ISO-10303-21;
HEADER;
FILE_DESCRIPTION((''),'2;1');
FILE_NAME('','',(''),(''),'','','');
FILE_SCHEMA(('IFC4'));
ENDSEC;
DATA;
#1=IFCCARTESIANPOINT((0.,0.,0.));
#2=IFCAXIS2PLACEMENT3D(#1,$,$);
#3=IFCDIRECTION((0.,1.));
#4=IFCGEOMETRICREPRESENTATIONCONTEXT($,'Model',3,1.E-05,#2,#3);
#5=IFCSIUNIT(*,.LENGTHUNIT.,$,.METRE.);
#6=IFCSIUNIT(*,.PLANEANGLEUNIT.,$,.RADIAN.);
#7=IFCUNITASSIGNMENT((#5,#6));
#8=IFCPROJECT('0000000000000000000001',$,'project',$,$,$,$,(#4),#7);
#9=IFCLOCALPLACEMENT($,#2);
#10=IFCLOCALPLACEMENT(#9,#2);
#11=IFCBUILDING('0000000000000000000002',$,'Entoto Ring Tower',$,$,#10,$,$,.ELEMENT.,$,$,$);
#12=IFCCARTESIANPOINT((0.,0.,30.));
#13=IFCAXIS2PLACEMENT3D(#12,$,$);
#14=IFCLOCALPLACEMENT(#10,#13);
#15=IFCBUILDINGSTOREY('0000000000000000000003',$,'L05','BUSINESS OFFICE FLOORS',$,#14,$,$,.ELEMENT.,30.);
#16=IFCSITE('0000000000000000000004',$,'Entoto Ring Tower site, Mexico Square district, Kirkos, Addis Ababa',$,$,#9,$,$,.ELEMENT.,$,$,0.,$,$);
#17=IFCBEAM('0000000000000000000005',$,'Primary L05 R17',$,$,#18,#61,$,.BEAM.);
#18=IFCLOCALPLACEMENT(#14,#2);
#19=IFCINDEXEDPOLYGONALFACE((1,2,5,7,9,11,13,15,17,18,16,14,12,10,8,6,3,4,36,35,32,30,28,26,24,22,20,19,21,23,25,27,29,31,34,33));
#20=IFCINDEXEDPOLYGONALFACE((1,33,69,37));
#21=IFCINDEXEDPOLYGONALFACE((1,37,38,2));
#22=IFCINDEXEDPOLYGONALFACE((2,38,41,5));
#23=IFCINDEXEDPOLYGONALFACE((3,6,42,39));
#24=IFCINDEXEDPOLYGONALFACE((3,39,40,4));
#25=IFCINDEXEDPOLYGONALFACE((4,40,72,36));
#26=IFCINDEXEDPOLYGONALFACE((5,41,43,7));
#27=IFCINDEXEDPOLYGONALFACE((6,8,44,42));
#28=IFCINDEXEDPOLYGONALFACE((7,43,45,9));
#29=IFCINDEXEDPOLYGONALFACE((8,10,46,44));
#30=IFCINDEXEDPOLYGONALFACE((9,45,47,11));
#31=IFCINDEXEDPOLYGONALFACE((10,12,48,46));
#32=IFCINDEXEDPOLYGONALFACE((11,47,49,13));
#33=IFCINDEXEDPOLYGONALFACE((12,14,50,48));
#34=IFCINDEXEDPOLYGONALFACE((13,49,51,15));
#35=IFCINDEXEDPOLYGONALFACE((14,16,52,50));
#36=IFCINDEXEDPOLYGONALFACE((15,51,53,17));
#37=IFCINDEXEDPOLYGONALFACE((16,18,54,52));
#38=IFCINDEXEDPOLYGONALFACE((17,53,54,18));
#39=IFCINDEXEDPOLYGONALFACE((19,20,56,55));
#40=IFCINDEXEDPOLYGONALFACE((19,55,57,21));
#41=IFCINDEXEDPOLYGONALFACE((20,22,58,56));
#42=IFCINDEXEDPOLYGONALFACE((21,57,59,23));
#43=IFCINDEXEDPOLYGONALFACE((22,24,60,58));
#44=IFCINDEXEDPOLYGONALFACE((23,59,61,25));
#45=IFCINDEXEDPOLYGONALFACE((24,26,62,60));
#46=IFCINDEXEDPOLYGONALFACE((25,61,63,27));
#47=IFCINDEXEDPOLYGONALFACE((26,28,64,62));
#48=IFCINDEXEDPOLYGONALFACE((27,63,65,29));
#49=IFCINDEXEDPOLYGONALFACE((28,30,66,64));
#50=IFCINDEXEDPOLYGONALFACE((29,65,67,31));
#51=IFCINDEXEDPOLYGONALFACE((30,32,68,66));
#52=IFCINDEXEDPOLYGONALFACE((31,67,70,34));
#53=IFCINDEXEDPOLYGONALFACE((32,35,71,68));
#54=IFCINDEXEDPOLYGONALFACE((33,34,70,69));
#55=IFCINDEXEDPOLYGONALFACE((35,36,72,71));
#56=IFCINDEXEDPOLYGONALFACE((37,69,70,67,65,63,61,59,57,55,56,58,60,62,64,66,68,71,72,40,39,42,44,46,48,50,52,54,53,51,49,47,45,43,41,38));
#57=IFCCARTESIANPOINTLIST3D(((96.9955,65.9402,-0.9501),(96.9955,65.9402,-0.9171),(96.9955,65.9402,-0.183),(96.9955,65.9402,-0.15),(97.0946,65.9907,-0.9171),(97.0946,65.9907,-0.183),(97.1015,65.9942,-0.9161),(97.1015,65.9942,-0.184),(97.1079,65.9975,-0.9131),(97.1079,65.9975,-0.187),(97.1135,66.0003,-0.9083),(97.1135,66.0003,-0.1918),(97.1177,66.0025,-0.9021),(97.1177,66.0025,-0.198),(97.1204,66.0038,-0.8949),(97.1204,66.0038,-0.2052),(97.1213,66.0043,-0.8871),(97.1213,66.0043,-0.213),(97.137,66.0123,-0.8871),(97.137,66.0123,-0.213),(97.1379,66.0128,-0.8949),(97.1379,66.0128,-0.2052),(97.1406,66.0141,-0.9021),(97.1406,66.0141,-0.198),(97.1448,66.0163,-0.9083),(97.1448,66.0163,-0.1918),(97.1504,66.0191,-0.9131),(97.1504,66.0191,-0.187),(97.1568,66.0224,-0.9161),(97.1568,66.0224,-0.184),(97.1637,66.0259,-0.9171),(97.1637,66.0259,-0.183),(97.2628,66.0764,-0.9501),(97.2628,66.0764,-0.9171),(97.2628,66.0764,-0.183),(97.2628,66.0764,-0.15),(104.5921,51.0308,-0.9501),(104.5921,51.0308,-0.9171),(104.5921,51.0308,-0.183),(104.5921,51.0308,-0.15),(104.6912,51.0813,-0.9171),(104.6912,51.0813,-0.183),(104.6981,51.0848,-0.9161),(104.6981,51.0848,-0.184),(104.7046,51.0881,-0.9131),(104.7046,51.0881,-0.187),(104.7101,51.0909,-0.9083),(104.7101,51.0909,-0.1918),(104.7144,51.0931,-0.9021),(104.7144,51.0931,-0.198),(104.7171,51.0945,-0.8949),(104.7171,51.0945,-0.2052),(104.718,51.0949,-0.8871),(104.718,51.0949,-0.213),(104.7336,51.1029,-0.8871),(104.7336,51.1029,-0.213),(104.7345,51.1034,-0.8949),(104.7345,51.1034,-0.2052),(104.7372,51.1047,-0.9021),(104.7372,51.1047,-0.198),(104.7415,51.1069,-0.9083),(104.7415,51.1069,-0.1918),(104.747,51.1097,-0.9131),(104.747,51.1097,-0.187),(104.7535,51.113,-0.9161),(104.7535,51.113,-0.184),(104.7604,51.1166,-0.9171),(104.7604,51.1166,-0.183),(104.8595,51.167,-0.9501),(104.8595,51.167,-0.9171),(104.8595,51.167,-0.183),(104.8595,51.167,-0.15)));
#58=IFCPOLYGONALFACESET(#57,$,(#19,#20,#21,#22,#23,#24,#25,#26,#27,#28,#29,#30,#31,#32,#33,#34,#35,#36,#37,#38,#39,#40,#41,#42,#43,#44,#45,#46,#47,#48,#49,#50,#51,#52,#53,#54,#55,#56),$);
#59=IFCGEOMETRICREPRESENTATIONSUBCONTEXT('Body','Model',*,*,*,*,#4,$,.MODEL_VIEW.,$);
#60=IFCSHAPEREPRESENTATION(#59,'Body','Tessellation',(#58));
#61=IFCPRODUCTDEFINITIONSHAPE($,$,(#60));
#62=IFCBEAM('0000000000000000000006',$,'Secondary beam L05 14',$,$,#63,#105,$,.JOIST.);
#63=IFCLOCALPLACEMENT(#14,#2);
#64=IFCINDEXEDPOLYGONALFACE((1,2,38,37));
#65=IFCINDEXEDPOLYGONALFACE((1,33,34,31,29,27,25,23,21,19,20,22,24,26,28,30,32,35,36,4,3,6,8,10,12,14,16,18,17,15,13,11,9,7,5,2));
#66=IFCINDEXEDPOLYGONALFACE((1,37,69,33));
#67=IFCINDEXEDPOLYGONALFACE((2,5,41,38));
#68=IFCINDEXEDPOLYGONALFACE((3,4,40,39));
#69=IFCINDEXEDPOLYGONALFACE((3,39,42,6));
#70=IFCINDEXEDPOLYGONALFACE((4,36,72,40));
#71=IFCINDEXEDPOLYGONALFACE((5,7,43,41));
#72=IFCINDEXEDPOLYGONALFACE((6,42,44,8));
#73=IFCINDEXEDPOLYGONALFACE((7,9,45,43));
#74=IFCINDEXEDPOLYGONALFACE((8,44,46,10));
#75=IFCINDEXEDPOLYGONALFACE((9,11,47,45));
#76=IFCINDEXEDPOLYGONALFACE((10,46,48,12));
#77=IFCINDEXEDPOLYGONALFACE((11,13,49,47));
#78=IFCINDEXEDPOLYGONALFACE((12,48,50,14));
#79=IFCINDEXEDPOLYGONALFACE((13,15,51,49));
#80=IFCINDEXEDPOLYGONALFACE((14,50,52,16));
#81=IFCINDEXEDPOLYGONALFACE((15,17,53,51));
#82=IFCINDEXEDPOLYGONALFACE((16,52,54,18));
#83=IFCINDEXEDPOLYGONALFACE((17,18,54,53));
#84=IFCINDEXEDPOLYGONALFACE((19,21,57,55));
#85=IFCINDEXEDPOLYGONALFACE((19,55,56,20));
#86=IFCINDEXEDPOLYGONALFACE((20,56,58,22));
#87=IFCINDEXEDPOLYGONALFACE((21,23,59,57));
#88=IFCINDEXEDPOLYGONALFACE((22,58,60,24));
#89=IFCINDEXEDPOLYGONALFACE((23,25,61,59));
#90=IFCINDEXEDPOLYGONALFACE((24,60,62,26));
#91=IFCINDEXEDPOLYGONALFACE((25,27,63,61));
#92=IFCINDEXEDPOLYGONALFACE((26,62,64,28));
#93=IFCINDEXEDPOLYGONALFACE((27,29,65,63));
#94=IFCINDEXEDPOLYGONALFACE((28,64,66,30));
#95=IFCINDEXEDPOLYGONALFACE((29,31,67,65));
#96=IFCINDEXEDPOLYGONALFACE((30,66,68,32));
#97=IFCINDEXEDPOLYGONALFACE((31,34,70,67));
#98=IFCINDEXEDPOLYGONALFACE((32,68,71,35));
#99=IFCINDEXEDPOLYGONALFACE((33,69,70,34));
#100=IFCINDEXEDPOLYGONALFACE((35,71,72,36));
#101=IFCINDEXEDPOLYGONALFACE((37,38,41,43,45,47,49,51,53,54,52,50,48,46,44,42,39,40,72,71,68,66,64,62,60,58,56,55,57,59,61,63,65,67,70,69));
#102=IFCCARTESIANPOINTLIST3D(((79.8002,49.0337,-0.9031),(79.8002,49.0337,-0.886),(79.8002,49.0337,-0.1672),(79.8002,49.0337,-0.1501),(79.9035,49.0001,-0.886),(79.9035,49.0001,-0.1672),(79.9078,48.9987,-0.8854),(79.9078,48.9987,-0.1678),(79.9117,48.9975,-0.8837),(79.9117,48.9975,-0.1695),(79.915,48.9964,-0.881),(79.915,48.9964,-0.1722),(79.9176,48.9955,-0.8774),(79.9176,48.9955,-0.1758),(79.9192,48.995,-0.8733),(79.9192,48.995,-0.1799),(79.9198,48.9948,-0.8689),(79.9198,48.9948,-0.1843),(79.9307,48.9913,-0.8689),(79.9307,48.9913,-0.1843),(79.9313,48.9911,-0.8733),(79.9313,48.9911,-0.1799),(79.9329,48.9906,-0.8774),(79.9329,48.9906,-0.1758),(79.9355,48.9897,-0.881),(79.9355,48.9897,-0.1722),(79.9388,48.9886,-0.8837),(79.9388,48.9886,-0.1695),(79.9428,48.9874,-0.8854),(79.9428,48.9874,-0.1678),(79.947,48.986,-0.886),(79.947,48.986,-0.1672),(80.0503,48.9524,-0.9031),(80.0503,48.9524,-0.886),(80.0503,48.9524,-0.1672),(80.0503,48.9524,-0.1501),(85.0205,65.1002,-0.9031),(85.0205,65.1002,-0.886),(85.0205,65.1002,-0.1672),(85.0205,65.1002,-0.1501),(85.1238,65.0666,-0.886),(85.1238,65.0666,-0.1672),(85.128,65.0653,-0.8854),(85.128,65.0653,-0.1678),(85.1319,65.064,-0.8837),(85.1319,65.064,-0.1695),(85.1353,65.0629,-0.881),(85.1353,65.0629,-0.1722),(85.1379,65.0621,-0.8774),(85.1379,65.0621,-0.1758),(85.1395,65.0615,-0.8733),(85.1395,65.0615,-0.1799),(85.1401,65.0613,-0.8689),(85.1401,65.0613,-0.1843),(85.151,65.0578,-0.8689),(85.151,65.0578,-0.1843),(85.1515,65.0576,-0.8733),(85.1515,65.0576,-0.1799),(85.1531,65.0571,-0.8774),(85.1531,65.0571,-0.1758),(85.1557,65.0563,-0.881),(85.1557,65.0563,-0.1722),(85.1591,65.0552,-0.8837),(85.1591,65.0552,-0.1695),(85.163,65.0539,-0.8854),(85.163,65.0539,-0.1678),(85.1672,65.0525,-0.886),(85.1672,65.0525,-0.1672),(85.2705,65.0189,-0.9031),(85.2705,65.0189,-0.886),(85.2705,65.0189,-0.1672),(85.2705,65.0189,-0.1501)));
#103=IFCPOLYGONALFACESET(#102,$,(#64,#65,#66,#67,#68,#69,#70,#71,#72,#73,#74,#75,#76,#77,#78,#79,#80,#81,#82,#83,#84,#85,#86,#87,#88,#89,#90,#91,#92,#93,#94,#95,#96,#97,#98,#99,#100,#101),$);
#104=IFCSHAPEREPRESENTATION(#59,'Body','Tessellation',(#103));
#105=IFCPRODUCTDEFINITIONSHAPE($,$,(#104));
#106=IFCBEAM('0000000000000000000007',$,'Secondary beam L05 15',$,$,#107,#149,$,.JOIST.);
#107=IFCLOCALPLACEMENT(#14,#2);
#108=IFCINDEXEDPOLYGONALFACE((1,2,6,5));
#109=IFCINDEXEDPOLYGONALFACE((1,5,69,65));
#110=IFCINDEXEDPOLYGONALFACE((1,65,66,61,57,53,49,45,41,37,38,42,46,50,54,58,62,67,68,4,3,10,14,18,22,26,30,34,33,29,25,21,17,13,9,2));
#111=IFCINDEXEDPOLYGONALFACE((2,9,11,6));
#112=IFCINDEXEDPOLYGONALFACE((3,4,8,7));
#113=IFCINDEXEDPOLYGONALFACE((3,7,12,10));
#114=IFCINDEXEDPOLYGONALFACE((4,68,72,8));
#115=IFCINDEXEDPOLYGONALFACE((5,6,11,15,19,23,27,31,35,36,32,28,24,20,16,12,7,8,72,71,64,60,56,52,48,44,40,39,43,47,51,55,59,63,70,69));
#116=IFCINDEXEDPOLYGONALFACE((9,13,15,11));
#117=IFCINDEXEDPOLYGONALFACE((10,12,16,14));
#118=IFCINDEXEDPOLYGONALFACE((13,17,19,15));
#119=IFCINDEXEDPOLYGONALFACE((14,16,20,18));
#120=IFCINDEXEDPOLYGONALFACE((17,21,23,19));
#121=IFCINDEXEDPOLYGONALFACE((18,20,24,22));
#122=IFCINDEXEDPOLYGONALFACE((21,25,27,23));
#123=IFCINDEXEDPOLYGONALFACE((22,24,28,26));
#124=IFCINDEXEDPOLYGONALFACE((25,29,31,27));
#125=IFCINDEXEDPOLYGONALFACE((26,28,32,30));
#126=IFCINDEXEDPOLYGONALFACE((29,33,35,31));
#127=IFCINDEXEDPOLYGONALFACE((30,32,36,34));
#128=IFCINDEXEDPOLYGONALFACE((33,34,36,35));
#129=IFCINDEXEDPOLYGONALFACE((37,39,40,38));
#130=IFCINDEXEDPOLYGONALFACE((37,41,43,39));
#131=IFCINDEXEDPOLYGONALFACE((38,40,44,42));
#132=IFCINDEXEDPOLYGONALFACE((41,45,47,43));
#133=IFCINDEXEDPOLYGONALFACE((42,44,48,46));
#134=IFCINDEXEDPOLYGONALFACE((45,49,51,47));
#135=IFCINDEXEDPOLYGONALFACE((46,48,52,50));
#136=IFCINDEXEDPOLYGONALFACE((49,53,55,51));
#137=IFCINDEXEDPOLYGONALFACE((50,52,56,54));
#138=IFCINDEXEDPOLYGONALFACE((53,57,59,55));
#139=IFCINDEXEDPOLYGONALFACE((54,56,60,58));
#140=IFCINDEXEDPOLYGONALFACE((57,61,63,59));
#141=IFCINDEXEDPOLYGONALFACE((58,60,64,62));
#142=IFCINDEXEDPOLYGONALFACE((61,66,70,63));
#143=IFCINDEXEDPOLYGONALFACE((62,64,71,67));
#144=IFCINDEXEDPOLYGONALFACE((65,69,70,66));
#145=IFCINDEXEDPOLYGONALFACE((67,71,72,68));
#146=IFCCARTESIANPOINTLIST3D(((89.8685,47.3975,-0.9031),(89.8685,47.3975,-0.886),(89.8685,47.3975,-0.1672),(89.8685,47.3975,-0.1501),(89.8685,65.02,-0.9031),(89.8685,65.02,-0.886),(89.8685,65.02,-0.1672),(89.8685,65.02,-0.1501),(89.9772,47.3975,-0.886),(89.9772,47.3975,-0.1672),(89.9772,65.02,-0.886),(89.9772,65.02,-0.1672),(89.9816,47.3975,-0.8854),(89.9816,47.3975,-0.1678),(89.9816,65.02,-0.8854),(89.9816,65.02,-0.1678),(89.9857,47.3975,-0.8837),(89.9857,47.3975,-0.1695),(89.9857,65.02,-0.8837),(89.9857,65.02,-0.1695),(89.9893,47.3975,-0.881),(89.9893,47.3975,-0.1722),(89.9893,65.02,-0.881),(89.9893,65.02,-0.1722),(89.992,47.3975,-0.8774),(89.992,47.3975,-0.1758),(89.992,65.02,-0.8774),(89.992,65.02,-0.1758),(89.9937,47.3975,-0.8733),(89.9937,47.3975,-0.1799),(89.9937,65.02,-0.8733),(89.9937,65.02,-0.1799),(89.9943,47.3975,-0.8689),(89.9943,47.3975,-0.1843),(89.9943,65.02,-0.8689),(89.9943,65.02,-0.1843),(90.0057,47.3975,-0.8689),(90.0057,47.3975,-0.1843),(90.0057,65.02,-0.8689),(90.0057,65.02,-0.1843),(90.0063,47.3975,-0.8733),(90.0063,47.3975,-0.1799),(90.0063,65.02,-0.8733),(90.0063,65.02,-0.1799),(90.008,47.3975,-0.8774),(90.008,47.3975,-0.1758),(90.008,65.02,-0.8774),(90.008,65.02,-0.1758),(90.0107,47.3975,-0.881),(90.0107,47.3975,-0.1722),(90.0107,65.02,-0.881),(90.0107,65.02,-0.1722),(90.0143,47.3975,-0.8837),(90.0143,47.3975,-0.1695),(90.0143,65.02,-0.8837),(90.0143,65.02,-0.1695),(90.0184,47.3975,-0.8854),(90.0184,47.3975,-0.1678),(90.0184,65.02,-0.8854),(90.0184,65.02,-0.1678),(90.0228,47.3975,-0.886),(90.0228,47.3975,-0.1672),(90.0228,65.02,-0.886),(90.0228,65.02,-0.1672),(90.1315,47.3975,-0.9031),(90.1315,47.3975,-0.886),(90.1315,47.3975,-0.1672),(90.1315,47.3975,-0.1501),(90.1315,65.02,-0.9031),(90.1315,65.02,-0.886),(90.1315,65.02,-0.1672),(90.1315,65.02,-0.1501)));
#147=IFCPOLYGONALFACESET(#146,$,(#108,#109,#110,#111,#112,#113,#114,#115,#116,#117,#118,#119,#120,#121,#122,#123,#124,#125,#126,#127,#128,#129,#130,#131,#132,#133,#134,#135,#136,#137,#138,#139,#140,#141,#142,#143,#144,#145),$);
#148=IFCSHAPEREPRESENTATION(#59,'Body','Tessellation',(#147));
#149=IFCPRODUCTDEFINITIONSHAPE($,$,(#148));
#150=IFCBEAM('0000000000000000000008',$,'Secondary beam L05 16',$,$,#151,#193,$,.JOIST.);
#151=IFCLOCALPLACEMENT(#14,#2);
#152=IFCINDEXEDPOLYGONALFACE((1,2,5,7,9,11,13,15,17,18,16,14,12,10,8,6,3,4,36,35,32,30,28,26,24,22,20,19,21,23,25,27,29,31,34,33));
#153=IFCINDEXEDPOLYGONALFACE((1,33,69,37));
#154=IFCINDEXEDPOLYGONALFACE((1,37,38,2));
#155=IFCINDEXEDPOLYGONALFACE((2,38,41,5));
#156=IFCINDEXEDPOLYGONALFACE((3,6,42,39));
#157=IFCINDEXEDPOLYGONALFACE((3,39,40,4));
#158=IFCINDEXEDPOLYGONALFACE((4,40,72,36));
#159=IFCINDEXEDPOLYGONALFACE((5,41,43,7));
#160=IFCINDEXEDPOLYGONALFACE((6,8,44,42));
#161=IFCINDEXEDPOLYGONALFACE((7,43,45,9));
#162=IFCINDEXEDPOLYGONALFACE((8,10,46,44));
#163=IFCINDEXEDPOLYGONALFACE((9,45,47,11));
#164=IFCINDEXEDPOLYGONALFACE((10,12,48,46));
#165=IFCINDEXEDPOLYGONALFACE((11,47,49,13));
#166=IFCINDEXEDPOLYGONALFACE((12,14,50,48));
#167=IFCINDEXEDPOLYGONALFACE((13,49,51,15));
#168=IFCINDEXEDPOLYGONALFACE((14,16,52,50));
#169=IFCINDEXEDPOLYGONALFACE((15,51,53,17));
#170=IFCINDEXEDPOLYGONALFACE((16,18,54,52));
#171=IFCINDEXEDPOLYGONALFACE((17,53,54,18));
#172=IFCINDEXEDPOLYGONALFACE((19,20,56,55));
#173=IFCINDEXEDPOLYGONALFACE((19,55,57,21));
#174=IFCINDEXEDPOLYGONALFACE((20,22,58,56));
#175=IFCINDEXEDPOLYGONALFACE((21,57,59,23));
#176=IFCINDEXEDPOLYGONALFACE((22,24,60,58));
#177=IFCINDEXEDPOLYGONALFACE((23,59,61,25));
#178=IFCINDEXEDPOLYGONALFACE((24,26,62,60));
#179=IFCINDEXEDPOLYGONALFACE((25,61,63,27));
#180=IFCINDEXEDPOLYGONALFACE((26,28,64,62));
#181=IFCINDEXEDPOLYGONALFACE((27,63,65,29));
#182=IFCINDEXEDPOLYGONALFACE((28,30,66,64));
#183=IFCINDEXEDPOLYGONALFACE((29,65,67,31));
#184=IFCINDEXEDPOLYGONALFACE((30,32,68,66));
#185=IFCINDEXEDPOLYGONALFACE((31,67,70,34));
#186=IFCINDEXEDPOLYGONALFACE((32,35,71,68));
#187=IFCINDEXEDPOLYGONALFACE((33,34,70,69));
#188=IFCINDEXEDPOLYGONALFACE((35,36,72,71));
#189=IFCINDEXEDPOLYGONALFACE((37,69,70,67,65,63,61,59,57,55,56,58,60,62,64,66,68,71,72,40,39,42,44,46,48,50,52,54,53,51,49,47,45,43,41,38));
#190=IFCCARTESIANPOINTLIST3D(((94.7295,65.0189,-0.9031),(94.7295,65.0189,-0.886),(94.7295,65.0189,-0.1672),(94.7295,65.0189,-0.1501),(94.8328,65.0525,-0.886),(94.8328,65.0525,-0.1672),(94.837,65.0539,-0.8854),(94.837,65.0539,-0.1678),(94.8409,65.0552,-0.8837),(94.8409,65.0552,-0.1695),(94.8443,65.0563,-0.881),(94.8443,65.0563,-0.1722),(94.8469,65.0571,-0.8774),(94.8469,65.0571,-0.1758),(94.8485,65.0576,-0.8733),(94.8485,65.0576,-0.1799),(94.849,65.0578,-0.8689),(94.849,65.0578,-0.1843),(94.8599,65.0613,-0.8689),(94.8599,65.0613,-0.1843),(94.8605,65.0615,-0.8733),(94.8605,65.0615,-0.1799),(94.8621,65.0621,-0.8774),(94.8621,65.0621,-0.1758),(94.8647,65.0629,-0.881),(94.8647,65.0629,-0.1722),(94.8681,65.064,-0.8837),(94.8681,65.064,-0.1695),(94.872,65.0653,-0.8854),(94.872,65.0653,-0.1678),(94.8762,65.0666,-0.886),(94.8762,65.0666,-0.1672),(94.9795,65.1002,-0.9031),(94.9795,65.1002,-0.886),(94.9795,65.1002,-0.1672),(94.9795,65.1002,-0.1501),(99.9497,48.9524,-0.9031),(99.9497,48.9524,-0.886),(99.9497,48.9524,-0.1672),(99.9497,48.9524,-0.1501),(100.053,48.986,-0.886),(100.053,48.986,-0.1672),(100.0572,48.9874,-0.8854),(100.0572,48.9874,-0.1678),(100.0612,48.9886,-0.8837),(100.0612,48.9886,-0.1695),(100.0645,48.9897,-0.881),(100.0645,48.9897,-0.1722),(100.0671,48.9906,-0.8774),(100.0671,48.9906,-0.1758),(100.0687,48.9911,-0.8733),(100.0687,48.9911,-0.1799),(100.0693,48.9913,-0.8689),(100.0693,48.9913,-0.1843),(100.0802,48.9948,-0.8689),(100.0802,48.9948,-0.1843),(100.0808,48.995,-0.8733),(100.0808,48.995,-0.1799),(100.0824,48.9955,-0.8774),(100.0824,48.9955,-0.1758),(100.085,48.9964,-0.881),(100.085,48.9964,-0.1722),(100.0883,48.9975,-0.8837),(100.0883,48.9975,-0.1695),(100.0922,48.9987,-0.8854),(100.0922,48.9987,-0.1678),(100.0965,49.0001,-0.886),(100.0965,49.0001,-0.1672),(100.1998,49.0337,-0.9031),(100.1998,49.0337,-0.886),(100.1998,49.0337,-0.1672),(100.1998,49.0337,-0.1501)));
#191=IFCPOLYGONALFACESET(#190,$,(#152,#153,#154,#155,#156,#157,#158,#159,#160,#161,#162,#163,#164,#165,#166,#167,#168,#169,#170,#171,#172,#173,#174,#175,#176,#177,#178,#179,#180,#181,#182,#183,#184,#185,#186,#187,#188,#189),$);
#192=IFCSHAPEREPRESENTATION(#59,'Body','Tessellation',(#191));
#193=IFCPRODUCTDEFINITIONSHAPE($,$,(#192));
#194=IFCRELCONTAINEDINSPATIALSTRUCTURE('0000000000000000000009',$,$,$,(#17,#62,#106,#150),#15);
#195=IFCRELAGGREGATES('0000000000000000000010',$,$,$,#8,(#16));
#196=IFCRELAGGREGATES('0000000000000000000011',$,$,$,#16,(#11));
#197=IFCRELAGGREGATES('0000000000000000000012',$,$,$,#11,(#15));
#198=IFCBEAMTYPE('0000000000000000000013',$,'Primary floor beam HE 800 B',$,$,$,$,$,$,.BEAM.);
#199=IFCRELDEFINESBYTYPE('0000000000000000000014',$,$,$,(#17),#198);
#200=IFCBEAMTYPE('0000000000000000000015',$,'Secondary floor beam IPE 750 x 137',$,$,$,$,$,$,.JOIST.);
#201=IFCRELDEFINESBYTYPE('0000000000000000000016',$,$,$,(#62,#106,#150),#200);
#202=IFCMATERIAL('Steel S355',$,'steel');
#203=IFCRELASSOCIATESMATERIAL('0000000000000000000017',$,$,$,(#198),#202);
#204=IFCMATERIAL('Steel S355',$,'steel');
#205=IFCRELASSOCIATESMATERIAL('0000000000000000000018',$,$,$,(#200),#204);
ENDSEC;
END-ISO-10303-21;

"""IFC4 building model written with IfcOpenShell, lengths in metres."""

from ifc_helpers import new_model, si_unit, direction, frame, origin, origin_2d, place, context, subcontext, project, spatial, i_section, extrude, material, material_profile, profile_set, type_object, element, save


model = new_model("IFC4")

# Units and contexts
model_context = context("Model", 3, precision=1e-05, world=origin(), true_north=direction((0.0, 1.0)))
body_context = subcontext(model_context, "Body", "Model", "MODEL_VIEW")
ifc_project = project(units=[si_unit("LENGTHUNIT", "METRE"), si_unit("PLANEANGLEUNIT", "RADIAN")], contexts=[model_context])

# Site, building, storey
site_placement = place(None, origin())
site = spatial("IfcSite", under=ifc_project, at=site_placement, Name="Entoto Ring Tower site, Mexico Square district, Kirkos, Addis Ababa", CompositionType="ELEMENT", RefElevation=0.0)
building_placement = place(site_placement, origin())
building = spatial("IfcBuilding", under=site, at=building_placement, Name="Entoto Ring Tower", CompositionType="ELEMENT")
storey_placement = place(building_placement, frame((0.0, 0.0, 30.0)))
storey = spatial("IfcBuildingStorey", under=building, at=storey_placement, Name="L05", Description="BUSINESS OFFICE FLOORS", CompositionType="ELEMENT", Elevation=30.0)

# Beams
ifc_material_1 = material(Name="Steel S355", Category="steel")
ifc_material_profile_1 = material_profile(ifc_material_1, i_section(OverallWidth=0.3, OverallDepth=0.8, WebThickness=0.0176, FlangeThickness=0.033, FilletRadius=0.03, at=origin_2d()), Name="HE 800 B")
ifc_profile_set_1 = profile_set([ifc_material_profile_1], Name="Steel S355")
beam_type_1 = type_object("IfcBeamType", Name="Primary floor beam HE 800 B", PredefinedType="BEAM", material=ifc_profile_set_1)
beam_1_placement = place(storey_placement, frame((97.1292, 66.0083, -0.55), z_axis=(0.453988, -0.891008, 0.0), x_axis=(0.891008, 0.453988, 0.0)))
element("IfcBeam", 1, at=beam_1_placement, inside=storey, type_object=beam_type_1, Name="Primary L05 R17", PredefinedType="BEAM", context=body_context, shape_type="SweptSolid", body=[
    extrude(i_section(OverallWidth=0.3, OverallDepth=0.8, WebThickness=0.0176, FlangeThickness=0.033, FilletRadius=0.03, at=origin_2d()), origin(), (0.0, 0.0, 1.0), 16.7332),
])
ifc_material_2 = material(Name="Steel S355", Category="steel")
ifc_material_profile_2 = material_profile(ifc_material_2, i_section(OverallWidth=0.2629, OverallDepth=0.7529, WebThickness=0.0115, FlangeThickness=0.0171, FilletRadius=0.0171, at=origin_2d()), Name="IPE 750 x 137")
ifc_profile_set_2 = profile_set([ifc_material_profile_2], Name="Steel S355")
beam_type_2 = type_object("IfcBeamType", Name="Secondary floor beam IPE 750 x 137", PredefinedType="JOIST", material=ifc_profile_set_2)
beam_2_placement = place(storey_placement, frame((85.1455, 65.0596, -0.5266), z_axis=(-0.309013, -0.951058, 0.0), x_axis=(0.951058, -0.309013, 0.0)))
element("IfcBeam", 2, at=beam_2_placement, inside=storey, type_object=beam_type_2, Name="Secondary beam L05 14", PredefinedType="JOIST", context=body_context, shape_type="SweptSolid", body=[
    extrude(i_section(OverallWidth=0.2629, OverallDepth=0.7529, WebThickness=0.0115, FlangeThickness=0.0171, FilletRadius=0.0171, at=origin_2d()), origin(), (0.0, 0.0, 1.0), 16.8933),
])
beam_3_placement = place(storey_placement, frame((90.0, 65.02, -0.5266), z_axis=(0.0, -1.0, 0.0), x_axis=(1.0, 0.0, 0.0)))
element("IfcBeam", 3, at=beam_3_placement, inside=storey, type_object=beam_type_2, Name="Secondary beam L05 15", PredefinedType="JOIST", context=body_context, shape_type="SweptSolid", body=[
    extrude(i_section(OverallWidth=0.2629, OverallDepth=0.7529, WebThickness=0.0115, FlangeThickness=0.0171, FilletRadius=0.0171, at=origin_2d()), origin(), (0.0, 0.0, 1.0), 17.6226),
])
beam_4_placement = place(storey_placement, frame((94.8545, 65.0596, -0.5266), z_axis=(0.309013, -0.951058, 0.0), x_axis=(0.951058, 0.309013, 0.0)))
element("IfcBeam", 4, at=beam_4_placement, inside=storey, type_object=beam_type_2, Name="Secondary beam L05 16", PredefinedType="JOIST", context=body_context, shape_type="SweptSolid", body=[
    extrude(i_section(OverallWidth=0.2629, OverallDepth=0.7529, WebThickness=0.0115, FlangeThickness=0.0171, FilletRadius=0.0171, at=origin_2d()), origin(), (0.0, 0.0, 1.0), 16.8933),
])

save(model, "model.ifc")
